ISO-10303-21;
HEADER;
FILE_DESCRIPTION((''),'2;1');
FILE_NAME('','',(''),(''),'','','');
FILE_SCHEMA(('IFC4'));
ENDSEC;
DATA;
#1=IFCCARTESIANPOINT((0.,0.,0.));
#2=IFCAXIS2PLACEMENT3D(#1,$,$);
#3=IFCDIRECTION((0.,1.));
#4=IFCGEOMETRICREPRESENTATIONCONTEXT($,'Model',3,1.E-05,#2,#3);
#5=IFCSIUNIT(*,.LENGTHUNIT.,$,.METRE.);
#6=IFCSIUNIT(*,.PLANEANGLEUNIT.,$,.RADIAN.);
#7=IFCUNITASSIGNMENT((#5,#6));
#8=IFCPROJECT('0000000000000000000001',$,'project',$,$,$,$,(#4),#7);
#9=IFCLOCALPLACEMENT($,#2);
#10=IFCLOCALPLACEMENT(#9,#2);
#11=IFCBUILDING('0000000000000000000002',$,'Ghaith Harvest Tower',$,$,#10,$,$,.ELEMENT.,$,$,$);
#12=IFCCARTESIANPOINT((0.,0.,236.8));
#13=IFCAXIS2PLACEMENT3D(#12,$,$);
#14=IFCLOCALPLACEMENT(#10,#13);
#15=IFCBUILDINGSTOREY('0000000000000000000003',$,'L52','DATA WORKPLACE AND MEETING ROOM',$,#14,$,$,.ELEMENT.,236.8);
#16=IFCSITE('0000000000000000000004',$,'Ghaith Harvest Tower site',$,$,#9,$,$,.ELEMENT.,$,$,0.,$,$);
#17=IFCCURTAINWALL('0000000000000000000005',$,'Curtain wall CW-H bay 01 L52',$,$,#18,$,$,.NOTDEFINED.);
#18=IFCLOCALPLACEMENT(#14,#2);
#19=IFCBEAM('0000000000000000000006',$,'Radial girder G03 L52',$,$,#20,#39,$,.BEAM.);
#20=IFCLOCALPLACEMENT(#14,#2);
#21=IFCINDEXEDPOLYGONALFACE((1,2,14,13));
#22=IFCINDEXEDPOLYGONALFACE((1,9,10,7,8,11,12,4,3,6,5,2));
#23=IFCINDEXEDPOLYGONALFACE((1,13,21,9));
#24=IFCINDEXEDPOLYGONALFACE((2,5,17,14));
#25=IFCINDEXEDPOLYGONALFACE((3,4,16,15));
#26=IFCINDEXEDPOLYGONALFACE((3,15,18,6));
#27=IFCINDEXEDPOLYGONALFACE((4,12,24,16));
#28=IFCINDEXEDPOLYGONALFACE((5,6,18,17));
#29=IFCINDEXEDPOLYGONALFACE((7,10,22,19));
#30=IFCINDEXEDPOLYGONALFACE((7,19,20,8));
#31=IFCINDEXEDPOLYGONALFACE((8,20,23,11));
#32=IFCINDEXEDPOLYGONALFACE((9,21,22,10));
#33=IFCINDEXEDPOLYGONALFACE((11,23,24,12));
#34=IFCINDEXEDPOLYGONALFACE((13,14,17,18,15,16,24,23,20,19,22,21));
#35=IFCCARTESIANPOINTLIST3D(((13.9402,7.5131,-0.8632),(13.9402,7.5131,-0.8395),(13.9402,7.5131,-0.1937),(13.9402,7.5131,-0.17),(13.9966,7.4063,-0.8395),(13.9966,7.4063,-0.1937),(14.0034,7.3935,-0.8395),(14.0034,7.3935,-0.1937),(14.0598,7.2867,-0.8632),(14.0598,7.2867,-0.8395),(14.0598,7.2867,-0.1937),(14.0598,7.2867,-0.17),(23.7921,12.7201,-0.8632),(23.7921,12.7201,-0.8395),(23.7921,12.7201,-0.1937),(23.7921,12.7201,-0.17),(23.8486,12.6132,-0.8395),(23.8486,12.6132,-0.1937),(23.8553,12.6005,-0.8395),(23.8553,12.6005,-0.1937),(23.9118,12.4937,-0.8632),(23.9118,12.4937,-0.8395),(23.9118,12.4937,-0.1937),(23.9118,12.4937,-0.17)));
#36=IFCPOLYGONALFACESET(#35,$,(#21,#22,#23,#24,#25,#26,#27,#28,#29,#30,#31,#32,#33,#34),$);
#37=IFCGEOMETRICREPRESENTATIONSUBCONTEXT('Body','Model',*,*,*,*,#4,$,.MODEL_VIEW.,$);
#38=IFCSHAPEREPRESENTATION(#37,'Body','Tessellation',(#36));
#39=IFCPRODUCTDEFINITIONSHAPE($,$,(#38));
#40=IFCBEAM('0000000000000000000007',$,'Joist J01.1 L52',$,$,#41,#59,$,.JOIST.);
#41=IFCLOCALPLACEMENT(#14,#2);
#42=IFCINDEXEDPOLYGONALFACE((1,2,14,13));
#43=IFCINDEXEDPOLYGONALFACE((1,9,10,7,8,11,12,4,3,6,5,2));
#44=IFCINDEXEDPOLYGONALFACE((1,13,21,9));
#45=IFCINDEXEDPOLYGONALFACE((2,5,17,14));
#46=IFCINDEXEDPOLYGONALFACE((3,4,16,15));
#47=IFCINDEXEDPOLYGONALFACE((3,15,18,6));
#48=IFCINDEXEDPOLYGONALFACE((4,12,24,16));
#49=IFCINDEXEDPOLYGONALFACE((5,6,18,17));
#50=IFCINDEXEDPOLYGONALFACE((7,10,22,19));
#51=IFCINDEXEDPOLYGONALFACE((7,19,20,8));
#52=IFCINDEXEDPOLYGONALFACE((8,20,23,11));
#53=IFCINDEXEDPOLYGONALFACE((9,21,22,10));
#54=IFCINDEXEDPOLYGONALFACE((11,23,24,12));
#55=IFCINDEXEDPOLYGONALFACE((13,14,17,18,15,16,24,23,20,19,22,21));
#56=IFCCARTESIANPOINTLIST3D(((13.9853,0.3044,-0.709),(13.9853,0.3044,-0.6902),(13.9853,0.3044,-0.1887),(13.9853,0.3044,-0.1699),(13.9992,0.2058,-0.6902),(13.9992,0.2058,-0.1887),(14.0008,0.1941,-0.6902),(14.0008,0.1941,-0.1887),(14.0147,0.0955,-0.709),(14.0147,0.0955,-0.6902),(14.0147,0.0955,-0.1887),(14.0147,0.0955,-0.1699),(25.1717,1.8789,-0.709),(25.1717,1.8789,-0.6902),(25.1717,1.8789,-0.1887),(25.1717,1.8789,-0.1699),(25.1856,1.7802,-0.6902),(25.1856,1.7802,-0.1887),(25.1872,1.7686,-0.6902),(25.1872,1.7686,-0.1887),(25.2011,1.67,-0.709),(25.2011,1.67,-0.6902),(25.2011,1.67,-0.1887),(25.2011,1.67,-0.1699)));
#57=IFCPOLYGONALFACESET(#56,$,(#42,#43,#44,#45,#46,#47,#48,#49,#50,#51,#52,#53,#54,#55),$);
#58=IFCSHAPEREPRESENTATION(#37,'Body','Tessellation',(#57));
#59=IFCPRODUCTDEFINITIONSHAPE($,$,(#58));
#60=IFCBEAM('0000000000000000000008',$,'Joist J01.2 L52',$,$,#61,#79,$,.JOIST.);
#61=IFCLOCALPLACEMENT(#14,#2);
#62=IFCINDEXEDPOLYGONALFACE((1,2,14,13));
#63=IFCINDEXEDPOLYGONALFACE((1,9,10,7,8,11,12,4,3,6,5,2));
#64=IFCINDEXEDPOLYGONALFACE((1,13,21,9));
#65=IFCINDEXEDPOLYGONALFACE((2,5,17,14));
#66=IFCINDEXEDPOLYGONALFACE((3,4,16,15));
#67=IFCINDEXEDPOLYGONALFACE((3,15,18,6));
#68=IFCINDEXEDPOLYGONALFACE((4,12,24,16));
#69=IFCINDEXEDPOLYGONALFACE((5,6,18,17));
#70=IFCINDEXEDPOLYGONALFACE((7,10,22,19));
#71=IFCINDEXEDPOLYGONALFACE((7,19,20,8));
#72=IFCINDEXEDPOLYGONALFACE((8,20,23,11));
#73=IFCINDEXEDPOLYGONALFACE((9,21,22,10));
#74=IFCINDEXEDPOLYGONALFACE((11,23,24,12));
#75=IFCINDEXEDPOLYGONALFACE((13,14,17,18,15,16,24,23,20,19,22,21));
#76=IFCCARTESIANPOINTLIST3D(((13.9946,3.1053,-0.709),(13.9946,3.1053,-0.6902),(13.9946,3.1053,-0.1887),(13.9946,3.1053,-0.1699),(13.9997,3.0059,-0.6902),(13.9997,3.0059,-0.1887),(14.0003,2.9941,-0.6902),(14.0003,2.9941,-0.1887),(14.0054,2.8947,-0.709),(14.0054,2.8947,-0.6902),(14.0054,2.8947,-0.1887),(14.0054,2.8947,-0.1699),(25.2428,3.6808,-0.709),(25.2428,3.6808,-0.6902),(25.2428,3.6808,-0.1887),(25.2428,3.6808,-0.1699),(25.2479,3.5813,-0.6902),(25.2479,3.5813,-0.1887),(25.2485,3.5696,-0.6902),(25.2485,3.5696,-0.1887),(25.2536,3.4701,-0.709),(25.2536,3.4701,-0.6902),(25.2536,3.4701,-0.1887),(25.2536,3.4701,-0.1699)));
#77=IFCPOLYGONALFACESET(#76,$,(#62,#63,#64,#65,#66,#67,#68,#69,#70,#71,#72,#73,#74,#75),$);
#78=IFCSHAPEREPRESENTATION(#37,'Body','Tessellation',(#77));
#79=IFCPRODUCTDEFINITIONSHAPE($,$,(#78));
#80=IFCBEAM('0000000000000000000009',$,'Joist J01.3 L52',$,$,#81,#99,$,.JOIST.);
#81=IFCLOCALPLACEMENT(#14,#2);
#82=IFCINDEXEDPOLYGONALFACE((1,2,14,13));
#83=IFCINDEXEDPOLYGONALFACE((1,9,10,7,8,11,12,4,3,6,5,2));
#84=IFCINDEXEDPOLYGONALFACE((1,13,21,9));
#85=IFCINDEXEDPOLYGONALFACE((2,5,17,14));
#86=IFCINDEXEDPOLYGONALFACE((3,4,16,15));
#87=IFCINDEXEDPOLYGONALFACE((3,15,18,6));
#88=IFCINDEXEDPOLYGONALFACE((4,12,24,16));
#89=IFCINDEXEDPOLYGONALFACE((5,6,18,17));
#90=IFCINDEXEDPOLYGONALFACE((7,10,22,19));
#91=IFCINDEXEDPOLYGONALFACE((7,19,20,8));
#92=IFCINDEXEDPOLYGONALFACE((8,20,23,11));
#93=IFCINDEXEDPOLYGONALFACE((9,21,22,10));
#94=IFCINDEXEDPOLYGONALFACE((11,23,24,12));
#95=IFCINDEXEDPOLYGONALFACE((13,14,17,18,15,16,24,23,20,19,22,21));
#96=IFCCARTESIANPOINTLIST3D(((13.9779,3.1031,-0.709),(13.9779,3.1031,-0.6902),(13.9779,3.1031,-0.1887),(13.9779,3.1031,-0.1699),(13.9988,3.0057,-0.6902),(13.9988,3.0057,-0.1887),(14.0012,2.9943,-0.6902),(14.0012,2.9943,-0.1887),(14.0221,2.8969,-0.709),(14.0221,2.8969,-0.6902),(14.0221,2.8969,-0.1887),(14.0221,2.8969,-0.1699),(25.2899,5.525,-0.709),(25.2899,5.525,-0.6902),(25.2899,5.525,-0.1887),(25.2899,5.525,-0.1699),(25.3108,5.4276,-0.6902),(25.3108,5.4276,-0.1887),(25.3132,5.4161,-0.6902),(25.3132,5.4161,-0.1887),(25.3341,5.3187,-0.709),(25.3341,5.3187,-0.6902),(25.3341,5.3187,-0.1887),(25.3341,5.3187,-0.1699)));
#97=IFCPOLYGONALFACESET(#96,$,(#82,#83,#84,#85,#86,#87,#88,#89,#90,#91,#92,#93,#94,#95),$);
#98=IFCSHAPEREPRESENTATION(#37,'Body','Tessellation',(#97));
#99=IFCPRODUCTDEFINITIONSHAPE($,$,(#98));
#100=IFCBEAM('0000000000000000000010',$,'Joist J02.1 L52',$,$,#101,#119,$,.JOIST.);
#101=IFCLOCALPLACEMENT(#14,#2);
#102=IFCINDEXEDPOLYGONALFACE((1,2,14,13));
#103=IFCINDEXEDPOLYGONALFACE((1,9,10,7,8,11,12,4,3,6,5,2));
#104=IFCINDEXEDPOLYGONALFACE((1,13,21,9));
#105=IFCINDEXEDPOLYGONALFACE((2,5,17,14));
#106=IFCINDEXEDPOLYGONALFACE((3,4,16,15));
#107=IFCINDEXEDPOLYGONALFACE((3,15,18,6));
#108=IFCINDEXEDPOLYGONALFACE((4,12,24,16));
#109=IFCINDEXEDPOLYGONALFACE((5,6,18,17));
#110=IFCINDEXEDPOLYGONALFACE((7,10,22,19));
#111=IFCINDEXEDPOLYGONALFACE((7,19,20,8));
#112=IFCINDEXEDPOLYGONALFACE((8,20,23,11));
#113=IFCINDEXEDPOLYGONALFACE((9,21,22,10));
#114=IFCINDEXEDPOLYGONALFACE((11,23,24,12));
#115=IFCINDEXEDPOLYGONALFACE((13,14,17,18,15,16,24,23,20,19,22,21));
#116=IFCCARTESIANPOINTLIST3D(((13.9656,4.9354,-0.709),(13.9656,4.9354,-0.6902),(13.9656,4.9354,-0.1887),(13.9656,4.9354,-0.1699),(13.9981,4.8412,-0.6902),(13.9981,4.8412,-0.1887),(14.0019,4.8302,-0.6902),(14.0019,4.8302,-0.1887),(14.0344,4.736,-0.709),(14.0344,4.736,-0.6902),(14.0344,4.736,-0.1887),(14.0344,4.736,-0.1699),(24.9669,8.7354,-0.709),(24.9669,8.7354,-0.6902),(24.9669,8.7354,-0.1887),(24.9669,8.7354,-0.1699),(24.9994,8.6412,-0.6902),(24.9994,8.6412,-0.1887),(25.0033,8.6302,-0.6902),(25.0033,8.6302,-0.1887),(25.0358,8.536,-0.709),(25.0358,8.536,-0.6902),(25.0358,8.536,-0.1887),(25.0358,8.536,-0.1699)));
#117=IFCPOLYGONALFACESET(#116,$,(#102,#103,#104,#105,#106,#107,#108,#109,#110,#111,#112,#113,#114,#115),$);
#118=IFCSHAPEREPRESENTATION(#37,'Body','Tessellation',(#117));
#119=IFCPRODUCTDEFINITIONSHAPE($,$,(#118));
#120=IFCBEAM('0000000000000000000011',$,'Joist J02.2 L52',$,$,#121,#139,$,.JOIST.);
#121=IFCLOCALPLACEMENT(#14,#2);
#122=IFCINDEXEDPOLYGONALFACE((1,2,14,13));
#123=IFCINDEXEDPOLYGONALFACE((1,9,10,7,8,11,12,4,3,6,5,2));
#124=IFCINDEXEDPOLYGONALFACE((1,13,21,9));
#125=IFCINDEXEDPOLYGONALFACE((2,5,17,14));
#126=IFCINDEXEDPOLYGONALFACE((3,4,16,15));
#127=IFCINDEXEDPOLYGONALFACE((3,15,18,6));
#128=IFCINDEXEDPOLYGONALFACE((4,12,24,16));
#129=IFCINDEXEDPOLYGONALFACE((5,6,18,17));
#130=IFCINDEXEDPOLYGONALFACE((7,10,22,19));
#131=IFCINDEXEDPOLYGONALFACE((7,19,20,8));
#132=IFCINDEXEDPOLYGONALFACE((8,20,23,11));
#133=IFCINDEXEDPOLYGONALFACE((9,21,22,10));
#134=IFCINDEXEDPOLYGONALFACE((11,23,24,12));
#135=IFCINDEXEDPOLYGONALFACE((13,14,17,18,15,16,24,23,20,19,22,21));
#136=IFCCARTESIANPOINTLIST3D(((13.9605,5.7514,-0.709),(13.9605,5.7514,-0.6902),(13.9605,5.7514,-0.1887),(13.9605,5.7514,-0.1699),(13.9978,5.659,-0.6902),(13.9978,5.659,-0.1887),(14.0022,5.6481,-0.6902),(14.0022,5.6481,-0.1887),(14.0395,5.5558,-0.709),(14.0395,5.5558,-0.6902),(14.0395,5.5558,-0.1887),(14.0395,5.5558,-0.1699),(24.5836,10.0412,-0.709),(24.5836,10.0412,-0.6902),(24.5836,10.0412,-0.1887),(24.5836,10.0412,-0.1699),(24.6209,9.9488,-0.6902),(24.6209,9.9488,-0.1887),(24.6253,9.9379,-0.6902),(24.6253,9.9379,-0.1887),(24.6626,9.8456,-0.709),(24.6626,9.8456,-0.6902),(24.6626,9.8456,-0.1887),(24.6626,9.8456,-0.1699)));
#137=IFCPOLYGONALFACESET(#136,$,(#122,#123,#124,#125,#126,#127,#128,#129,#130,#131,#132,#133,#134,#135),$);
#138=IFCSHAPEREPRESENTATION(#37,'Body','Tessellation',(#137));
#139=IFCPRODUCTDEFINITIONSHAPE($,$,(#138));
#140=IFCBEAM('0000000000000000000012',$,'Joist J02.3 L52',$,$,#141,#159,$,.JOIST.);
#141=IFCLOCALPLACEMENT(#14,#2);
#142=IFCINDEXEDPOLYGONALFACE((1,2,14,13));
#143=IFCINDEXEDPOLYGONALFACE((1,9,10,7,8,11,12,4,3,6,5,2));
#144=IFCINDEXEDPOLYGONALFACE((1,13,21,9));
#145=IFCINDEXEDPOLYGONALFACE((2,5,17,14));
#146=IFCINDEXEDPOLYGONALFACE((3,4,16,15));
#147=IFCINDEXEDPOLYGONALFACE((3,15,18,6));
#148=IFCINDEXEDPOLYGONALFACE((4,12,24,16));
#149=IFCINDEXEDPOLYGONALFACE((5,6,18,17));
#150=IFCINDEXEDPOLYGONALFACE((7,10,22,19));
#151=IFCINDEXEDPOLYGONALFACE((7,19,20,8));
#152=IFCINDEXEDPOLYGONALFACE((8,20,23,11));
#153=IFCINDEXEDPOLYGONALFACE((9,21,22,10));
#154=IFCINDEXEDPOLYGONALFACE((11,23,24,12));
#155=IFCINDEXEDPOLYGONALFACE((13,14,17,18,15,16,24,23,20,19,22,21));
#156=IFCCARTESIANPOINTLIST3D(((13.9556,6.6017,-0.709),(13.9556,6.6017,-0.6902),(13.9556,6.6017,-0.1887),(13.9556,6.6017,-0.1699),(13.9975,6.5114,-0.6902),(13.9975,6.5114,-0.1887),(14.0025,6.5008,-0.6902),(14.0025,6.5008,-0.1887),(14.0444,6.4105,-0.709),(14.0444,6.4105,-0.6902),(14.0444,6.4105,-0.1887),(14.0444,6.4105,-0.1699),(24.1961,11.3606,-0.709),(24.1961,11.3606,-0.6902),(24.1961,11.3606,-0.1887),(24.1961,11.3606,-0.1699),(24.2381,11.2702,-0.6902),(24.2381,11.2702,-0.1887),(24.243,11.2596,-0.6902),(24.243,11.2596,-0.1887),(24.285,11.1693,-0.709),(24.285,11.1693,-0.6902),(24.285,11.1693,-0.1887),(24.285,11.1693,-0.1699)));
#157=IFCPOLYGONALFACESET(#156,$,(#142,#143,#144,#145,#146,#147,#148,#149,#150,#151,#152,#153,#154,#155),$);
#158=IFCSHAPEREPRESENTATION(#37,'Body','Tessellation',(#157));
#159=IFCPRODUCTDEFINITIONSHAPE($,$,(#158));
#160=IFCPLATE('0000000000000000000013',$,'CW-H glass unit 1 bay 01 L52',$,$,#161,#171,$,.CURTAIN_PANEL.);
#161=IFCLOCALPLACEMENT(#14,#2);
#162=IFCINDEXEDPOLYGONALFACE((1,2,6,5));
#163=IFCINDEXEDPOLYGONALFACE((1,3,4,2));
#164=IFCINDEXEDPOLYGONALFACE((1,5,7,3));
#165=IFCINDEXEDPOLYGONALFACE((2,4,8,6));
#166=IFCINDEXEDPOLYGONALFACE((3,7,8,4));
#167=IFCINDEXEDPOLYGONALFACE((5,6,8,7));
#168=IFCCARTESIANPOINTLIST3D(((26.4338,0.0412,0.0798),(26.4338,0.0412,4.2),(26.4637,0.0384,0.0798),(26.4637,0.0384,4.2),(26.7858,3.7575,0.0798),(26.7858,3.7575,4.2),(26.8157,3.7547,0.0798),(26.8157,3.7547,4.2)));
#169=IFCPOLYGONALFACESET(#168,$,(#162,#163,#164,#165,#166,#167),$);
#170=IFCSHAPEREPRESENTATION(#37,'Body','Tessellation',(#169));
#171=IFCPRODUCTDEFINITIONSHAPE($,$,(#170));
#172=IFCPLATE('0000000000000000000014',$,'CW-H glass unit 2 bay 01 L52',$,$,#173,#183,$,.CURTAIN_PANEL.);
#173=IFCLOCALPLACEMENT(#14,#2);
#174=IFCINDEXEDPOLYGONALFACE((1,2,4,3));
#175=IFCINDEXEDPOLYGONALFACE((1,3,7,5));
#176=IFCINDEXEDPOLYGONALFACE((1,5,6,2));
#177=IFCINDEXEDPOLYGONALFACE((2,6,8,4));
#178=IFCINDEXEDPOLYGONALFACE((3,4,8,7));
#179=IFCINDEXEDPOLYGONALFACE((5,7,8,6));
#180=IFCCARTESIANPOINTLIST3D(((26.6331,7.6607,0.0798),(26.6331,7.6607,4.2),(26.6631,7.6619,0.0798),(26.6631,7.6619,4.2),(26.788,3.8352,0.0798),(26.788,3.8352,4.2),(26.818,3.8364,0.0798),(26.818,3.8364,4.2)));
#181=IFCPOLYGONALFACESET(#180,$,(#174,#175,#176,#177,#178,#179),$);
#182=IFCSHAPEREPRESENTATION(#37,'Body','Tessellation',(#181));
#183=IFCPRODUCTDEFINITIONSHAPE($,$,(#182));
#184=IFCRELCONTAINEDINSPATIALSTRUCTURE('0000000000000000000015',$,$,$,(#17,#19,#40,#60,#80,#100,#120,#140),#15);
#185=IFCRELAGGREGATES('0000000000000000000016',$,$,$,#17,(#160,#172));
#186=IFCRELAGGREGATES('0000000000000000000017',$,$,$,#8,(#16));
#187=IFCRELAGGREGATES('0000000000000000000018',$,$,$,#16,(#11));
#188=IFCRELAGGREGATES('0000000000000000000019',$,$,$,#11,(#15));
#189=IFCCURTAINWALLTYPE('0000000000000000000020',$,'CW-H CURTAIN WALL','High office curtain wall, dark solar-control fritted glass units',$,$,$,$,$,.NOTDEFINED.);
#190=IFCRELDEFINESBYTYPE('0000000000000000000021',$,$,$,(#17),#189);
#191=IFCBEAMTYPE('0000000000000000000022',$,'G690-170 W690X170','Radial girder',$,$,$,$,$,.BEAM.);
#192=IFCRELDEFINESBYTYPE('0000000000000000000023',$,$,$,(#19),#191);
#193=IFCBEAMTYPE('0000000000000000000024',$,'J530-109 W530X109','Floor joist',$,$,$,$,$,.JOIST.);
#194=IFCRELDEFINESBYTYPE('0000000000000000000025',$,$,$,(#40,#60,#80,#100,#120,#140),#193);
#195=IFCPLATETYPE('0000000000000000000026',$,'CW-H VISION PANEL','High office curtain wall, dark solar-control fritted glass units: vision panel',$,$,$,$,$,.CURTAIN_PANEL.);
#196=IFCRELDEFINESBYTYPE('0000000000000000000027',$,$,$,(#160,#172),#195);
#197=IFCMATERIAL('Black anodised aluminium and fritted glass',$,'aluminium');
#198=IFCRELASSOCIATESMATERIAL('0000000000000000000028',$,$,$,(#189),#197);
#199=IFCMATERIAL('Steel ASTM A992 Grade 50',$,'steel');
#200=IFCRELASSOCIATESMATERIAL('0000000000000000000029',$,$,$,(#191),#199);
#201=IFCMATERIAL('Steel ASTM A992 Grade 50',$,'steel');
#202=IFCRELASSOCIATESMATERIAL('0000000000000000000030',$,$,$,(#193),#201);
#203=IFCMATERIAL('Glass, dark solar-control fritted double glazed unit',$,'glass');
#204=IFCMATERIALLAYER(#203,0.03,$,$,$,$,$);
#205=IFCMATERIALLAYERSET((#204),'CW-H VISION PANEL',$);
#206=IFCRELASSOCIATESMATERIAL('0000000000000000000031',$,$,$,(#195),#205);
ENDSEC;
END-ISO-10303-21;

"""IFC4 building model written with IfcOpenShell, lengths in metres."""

from ifc_helpers import new_model, si_unit, direction, frame, origin, origin_2d, place, context, subcontext, project, spatial, rectangle, i_section, extrude, material, layer, layer_set, material_profile, profile_set, type_object, element, aggregate, save


model = new_model("IFC4")

# Units and contexts
model_context = context("Model", 3, precision=1e-05, world=origin(), true_north=direction((0.0, 1.0)))
body_context = subcontext(model_context, "Body", "Model", "MODEL_VIEW")
ifc_project = project(units=[si_unit("LENGTHUNIT", "METRE"), si_unit("PLANEANGLEUNIT", "RADIAN")], contexts=[model_context])

# Site, building, storey
site_placement = place(None, origin())
site = spatial("IfcSite", under=ifc_project, at=site_placement, Name="Ghaith Harvest Tower site", CompositionType="ELEMENT", RefElevation=0.0)
building_placement = place(site_placement, origin())
building = spatial("IfcBuilding", under=site, at=building_placement, Name="Ghaith Harvest Tower", CompositionType="ELEMENT")
storey_placement = place(building_placement, frame((0.0, 0.0, 236.8)))
storey = spatial("IfcBuildingStorey", under=building, at=storey_placement, Name="L52", Description="DATA WORKPLACE AND MEETING ROOM", CompositionType="ELEMENT", Elevation=236.8)

# Curtain wall
ifc_material_1 = material(Name="Black anodised aluminium and fritted glass", Category="aluminium")
curtain_wall_type = type_object("IfcCurtainWallType", Name="CW-H CURTAIN WALL", Description="High office curtain wall, dark solar-control fritted glass units", PredefinedType="NOTDEFINED", material=ifc_material_1)
curtain_wall_1_placement = place(storey_placement, origin())
curtain_wall_1 = element("IfcCurtainWall", 1, at=curtain_wall_1_placement, inside=storey, type_object=curtain_wall_type, Name="Curtain wall CW-H bay 01 L52", PredefinedType="NOTDEFINED")

# Beams
ifc_material_2 = material(Name="Steel ASTM A992 Grade 50", Category="steel")
ifc_material_profile_1 = material_profile(ifc_material_2, i_section(OverallWidth=0.2561, OverallDepth=0.6931, WebThickness=0.0144, FlangeThickness=0.0237, at=origin_2d()), Name="W690X170")
ifc_profile_set_1 = profile_set([ifc_material_profile_1], Name="Steel ASTM A992 Grade 50")
beam_type_1 = type_object("IfcBeamType", Name="G690-170 W690X170", Description="Radial girder", PredefinedType="BEAM", material=ifc_profile_set_1)
beam_1_placement = place(storey_placement, frame((14.0, 7.3999, -0.5166), z_axis=(0.884113, 0.467274, 0.0), x_axis=(-0.467274, 0.884113, 0.0)))
element("IfcBeam", 2, at=beam_1_placement, inside=storey, type_object=beam_type_1, Name="Radial girder G03 L52", PredefinedType="BEAM", context=body_context, shape_type="SweptSolid", body=[
    extrude(i_section(OverallWidth=0.2561, OverallDepth=0.6931, WebThickness=0.0144, FlangeThickness=0.0237, at=origin_2d()), origin(), (0.0, 0.0, 1.0), 11.1433),
])
ifc_material_3 = material(Name="Steel ASTM A992 Grade 50", Category="steel")
ifc_material_profile_2 = material_profile(ifc_material_3, i_section(OverallWidth=0.2109, OverallDepth=0.5391, WebThickness=0.0117, FlangeThickness=0.0188, at=origin_2d()), Name="W530X109")
ifc_profile_set_2 = profile_set([ifc_material_profile_2], Name="Steel ASTM A992 Grade 50")
beam_type_2 = type_object("IfcBeamType", Name="J530-109 W530X109", Description="Floor joist", PredefinedType="JOIST", material=ifc_profile_set_2)
beam_2_placement = place(storey_placement, frame((14.0, 0.2, -0.4395), z_axis=(0.99024, 0.139376, 0.0), x_axis=(-0.139376, 0.99024, 0.0)))
element("IfcBeam", 3, at=beam_2_placement, inside=storey, type_object=beam_type_2, Name="Joist J01.1 L52", PredefinedType="JOIST", context=body_context, shape_type="SweptSolid", body=[
    extrude(i_section(OverallWidth=0.2109, OverallDepth=0.5391, WebThickness=0.0117, FlangeThickness=0.0188, at=origin_2d()), origin(), (0.0, 0.0, 1.0), 11.2966),
])
beam_3_placement = place(storey_placement, frame((14.0, 3.0, -0.4395), z_axis=(0.998694, 0.051091, 0.0), x_axis=(-0.051091, 0.998694, 0.0)))
element("IfcBeam", 4, at=beam_3_placement, inside=storey, type_object=beam_type_2, Name="Joist J01.2 L52", PredefinedType="JOIST", context=body_context, shape_type="SweptSolid", body=[
    extrude(i_section(OverallWidth=0.2109, OverallDepth=0.5391, WebThickness=0.0117, FlangeThickness=0.0188, at=origin_2d()), origin(), (0.0, 0.0, 1.0), 11.2629),
])
beam_4_placement = place(storey_placement, frame((14.0, 3.0, -0.4395), z_axis=(0.97784, 0.209353, 0.0), x_axis=(-0.209353, 0.97784, 0.0)))
element("IfcBeam", 5, at=beam_4_placement, inside=storey, type_object=beam_type_2, Name="Joist J01.3 L52", PredefinedType="JOIST", context=body_context, shape_type="SweptSolid", body=[
    extrude(i_section(OverallWidth=0.2109, OverallDepth=0.5391, WebThickness=0.0117, FlangeThickness=0.0188, at=origin_2d()), origin(), (0.0, 0.0, 1.0), 11.5684),
])
beam_5_placement = place(storey_placement, frame((14.0, 4.8357, -0.4395), z_axis=(0.945202, 0.326485, 0.0), x_axis=(-0.326485, 0.945202, 0.0)))
element("IfcBeam", 6, at=beam_5_placement, inside=storey, type_object=beam_type_2, Name="Joist J02.1 L52", PredefinedType="JOIST", context=body_context, shape_type="SweptSolid", body=[
    extrude(i_section(OverallWidth=0.2109, OverallDepth=0.5391, WebThickness=0.0117, FlangeThickness=0.0188, at=origin_2d()), origin(), (0.0, 0.0, 1.0), 11.6392),
])
beam_6_placement = place(storey_placement, frame((14.0, 5.6536, -0.4395), z_axis=(0.92725, 0.374442, 0.0), x_axis=(-0.374442, 0.92725, 0.0)))
element("IfcBeam", 7, at=beam_6_placement, inside=storey, type_object=beam_type_2, Name="Joist J02.2 L52", PredefinedType="JOIST", context=body_context, shape_type="SweptSolid", body=[
    extrude(i_section(OverallWidth=0.2109, OverallDepth=0.5391, WebThickness=0.0117, FlangeThickness=0.0188, at=origin_2d()), origin(), (0.0, 0.0, 1.0), 11.4565),
])
beam_7_placement = place(storey_placement, frame((14.0, 6.5061, -0.4395), z_axis=(0.906864, 0.421423, 0.0), x_axis=(-0.421423, 0.906864, 0.0)))
element("IfcBeam", 8, at=beam_7_placement, inside=storey, type_object=beam_type_2, Name="Joist J02.3 L52", PredefinedType="JOIST", context=body_context, shape_type="SweptSolid", body=[
    extrude(i_section(OverallWidth=0.2109, OverallDepth=0.5391, WebThickness=0.0117, FlangeThickness=0.0188, at=origin_2d()), origin(), (0.0, 0.0, 1.0), 11.2922),
])

# Plates
ifc_material_4 = material(Name="Glass, dark solar-control fritted double glazed unit", Category="glass")
ifc_layer_1 = layer(ifc_material_4, 0.03)
ifc_layer_set_1 = layer_set([ifc_layer_1], Name="CW-H VISION PANEL")
plate_type_1 = type_object("IfcPlateType", Name="CW-H VISION PANEL", Description="High office curtain wall, dark solar-control fritted glass units: vision panel", PredefinedType="CURTAIN_PANEL", material=ifc_layer_set_1)
plate_1_placement = place(storey_placement, frame((26.6248, 1.8979, 0.0798), z_axis=(0.0, 0.0, 1.0), x_axis=(0.094302, 0.995544, 0.0)))
plate_1 = element("IfcPlate", 9, at=plate_1_placement, type_object=plate_type_1, Name="CW-H glass unit 1 bay 01 L52", PredefinedType="CURTAIN_PANEL", context=body_context, shape_type="SweptSolid", body=[
    extrude(rectangle(XDim=3.7329, YDim=0.03, at=origin_2d()), origin(), (0.0, 0.0, 1.0), 4.1201),
])
plate_2_placement = place(storey_placement, frame((26.7256, 5.7485, 0.0798), z_axis=(0.0, 0.0, 1.0), x_axis=(-0.040462, 0.999181, 0.0)))
plate_2 = element("IfcPlate", 10, at=plate_2_placement, type_object=plate_type_1, Name="CW-H glass unit 2 bay 01 L52", PredefinedType="CURTAIN_PANEL", context=body_context, shape_type="SweptSolid", body=[
    extrude(rectangle(XDim=3.8286, YDim=0.03, at=origin_2d()), origin(), (0.0, 0.0, 1.0), 4.1201),
])
aggregate(curtain_wall_1, [plate_1, plate_2])

save(model, "model.ifc")
